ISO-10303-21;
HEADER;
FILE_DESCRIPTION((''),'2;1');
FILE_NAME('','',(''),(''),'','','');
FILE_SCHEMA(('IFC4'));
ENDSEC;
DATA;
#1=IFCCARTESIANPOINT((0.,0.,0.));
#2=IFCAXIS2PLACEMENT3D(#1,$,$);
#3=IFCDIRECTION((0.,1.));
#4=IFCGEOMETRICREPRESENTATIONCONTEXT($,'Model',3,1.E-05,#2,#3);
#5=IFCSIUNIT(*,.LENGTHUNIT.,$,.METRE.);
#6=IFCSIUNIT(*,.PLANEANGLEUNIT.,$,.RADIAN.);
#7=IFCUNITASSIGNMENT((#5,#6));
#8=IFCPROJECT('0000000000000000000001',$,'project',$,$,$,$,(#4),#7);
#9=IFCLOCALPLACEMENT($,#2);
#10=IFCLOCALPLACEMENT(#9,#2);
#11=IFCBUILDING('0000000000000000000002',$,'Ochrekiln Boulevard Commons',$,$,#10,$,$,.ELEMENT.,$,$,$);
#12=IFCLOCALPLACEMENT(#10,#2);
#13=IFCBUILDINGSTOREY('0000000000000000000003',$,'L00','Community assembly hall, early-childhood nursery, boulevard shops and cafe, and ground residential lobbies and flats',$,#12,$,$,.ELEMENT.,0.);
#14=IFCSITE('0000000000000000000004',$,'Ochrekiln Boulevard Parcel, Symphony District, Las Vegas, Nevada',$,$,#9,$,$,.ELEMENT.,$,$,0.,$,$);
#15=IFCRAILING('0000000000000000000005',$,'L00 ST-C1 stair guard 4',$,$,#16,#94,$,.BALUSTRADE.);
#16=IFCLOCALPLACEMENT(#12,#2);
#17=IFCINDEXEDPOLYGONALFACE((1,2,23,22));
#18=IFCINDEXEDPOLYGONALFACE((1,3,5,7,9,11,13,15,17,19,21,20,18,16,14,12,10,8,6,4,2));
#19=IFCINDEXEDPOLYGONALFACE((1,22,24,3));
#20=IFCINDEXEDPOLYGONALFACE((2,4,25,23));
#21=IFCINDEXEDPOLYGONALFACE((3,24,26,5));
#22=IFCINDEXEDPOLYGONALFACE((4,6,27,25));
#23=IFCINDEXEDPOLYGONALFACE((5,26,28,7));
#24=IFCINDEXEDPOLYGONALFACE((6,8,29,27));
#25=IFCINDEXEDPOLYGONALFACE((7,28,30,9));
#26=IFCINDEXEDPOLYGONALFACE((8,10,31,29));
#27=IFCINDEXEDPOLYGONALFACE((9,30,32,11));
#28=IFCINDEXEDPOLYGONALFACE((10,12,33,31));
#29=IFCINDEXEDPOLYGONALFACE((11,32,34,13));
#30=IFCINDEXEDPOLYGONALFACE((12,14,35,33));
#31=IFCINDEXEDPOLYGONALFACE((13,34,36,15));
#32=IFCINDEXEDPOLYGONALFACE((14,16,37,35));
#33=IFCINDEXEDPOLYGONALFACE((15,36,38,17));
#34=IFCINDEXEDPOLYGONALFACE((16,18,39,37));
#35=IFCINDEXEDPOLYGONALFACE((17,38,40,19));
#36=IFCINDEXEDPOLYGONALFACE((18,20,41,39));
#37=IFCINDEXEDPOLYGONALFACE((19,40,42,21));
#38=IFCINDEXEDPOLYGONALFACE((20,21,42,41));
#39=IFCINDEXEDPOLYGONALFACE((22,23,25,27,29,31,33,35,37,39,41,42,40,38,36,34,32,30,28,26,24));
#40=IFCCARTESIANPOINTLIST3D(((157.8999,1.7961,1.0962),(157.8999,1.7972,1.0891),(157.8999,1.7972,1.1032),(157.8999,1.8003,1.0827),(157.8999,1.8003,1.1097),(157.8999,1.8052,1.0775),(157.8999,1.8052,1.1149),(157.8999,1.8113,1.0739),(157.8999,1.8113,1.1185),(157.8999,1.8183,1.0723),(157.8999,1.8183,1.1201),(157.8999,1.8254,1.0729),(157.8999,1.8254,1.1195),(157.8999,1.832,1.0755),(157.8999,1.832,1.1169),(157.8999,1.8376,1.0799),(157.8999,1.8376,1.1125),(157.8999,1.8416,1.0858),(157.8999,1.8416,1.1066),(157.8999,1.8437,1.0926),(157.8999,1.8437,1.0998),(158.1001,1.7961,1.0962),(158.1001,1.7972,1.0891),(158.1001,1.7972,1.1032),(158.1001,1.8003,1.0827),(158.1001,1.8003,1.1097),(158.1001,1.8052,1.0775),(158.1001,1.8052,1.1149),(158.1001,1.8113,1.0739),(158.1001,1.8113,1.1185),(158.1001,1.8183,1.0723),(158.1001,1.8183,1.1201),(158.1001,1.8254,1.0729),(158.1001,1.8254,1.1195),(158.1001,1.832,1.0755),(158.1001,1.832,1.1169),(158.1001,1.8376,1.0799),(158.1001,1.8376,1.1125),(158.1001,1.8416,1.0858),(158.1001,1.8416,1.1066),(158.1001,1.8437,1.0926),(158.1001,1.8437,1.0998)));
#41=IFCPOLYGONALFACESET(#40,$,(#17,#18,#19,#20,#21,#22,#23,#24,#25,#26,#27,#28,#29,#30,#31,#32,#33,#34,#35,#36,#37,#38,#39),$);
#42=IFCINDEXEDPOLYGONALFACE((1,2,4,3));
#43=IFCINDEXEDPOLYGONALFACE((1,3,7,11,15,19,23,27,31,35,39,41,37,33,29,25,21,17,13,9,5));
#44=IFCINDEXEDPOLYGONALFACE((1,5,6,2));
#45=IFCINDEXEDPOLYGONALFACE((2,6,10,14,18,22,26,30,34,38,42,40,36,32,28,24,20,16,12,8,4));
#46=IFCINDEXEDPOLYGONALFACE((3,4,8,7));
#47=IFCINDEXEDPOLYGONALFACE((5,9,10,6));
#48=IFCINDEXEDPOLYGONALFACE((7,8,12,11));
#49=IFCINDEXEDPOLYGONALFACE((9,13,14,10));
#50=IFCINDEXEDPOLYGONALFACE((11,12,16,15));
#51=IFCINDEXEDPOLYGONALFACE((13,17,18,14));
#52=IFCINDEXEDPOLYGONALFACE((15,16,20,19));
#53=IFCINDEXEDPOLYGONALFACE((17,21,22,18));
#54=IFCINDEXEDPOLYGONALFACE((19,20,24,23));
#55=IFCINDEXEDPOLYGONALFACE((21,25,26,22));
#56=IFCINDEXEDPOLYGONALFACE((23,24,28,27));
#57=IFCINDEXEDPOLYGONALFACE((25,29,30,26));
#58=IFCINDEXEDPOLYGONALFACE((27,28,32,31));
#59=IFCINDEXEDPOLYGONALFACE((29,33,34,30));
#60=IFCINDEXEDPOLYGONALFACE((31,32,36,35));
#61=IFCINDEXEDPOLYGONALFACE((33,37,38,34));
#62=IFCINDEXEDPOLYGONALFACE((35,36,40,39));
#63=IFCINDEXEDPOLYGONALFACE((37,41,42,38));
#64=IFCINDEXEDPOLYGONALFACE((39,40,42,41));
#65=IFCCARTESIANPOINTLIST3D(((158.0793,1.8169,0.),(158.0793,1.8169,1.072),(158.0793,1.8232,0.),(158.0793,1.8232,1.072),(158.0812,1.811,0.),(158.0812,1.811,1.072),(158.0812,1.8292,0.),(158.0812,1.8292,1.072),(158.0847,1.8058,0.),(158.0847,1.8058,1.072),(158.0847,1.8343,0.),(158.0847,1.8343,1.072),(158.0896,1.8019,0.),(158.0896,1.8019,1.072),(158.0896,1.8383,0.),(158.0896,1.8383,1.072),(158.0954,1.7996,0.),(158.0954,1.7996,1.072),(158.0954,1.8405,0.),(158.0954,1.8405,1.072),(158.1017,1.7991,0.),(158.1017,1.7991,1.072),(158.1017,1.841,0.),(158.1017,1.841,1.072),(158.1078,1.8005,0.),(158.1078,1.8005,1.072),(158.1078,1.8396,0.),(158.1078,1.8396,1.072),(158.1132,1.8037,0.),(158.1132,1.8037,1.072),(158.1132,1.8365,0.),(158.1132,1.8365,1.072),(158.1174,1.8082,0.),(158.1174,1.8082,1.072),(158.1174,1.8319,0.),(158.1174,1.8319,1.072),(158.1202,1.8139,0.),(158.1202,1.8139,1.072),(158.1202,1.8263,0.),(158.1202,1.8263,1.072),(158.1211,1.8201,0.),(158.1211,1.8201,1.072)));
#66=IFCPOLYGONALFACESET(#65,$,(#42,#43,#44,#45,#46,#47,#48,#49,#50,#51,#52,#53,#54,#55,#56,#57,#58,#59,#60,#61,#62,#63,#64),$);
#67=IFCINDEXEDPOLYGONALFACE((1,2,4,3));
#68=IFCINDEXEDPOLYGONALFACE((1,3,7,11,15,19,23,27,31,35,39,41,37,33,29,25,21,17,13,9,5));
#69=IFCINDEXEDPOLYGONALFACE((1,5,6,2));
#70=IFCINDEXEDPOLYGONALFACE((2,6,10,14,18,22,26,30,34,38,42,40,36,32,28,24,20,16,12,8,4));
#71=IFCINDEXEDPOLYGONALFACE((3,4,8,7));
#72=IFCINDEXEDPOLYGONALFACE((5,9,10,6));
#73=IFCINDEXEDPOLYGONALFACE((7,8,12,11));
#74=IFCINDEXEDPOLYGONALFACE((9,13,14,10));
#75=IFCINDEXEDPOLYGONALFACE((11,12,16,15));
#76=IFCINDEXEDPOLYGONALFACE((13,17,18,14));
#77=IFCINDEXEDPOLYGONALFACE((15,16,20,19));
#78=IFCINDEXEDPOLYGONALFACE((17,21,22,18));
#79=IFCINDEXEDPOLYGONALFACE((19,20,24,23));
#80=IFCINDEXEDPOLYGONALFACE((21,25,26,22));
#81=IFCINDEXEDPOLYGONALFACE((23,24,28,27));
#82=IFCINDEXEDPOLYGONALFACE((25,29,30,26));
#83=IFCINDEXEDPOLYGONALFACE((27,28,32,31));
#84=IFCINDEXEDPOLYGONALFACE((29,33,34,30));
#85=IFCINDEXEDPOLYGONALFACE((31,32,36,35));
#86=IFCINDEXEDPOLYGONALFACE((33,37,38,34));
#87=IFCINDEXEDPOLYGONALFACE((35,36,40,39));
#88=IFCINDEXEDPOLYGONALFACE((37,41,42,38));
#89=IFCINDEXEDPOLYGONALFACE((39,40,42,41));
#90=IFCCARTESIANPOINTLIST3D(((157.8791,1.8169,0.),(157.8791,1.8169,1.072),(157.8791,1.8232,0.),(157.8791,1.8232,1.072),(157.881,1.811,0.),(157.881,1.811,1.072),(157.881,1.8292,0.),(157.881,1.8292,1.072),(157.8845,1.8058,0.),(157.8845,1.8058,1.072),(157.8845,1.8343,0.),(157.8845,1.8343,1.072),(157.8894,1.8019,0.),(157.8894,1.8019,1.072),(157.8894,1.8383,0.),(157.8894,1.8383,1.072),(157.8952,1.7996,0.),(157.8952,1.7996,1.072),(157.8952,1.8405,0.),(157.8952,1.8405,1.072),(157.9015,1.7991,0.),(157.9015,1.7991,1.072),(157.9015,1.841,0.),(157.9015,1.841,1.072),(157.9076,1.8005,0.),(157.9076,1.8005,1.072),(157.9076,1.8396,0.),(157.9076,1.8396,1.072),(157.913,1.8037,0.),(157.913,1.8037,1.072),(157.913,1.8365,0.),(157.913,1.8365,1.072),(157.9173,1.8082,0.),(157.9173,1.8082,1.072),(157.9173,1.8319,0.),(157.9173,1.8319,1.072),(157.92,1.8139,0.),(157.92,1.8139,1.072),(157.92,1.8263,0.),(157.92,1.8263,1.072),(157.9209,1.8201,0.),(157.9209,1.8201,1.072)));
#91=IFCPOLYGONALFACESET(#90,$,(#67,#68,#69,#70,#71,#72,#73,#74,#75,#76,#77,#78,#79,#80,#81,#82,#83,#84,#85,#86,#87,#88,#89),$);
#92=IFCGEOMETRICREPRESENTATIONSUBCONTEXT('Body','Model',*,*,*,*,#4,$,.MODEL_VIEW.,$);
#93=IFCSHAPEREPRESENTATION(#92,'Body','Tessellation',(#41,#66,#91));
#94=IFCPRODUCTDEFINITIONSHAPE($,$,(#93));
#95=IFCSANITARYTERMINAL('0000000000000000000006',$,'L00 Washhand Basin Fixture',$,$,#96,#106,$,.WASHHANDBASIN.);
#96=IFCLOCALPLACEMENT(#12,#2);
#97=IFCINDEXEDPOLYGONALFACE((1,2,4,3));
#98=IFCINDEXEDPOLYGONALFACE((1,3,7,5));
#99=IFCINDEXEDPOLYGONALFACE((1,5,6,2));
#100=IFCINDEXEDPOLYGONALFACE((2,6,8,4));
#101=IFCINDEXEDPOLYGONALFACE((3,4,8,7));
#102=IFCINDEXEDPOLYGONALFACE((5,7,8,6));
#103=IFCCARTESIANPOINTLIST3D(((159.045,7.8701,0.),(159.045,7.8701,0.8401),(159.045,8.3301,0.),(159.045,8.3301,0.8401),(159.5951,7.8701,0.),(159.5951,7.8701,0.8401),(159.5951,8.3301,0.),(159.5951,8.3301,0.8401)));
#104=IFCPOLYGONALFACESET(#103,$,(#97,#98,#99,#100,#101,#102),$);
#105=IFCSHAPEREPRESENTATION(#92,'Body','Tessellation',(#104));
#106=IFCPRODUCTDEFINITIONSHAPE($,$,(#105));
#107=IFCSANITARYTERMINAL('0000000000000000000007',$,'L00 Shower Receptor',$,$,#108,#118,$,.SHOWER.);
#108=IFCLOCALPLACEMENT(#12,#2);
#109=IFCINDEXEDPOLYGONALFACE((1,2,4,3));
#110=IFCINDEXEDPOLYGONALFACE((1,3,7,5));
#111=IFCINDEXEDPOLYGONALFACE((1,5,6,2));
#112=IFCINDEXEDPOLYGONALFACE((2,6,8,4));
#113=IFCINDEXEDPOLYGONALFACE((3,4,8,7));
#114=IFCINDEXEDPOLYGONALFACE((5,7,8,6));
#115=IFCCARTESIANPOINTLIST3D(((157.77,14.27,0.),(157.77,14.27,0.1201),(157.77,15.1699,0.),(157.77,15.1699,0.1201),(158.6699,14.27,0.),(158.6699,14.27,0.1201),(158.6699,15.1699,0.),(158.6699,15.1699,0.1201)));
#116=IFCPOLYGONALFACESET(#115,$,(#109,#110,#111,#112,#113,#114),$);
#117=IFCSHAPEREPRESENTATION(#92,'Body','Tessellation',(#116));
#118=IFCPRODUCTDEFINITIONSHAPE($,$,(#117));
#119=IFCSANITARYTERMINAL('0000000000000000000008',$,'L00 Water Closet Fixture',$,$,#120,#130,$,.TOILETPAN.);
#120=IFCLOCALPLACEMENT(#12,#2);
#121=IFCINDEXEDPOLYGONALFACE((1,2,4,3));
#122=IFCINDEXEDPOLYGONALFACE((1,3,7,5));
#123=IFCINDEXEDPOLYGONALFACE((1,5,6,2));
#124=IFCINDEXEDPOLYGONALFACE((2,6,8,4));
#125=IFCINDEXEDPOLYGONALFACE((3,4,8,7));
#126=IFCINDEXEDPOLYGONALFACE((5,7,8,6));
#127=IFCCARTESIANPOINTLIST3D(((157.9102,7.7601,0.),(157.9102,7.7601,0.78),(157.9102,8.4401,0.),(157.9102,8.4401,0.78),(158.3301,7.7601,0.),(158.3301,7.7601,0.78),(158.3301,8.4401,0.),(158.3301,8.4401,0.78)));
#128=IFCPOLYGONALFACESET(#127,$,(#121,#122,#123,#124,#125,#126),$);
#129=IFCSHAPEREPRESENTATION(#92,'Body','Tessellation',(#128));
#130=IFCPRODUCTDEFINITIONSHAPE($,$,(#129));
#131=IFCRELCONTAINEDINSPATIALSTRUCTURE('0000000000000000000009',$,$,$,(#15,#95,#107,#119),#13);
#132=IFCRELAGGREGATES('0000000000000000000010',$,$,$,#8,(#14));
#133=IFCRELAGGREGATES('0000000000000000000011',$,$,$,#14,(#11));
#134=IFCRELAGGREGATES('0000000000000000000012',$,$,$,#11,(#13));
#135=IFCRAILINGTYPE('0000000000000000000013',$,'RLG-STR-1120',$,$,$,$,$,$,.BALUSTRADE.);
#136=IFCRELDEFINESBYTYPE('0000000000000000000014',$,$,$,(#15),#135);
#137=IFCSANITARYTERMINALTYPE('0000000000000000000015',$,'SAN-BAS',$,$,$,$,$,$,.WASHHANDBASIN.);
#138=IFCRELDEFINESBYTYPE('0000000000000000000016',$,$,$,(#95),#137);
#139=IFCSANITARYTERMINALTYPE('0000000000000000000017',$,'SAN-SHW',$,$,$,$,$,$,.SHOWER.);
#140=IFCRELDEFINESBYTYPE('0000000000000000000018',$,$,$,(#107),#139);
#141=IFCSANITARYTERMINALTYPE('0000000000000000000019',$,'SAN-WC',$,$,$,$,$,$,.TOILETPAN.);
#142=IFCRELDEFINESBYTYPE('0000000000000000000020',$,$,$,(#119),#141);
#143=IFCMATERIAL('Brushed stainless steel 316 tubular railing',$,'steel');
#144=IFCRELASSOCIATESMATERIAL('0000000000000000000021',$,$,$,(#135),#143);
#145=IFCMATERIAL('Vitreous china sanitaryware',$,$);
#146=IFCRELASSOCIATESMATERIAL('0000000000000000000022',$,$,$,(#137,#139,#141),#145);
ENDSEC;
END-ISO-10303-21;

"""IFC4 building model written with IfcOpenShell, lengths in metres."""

from ifc_helpers import new_model, si_unit, direction, frame, origin, origin_2d, place, context, subcontext, project, spatial, rectangle, circle, extrude, material, type_object, element, save


model = new_model("IFC4")

# Units and contexts
model_context = context("Model", 3, precision=1e-05, world=origin(), true_north=direction((0.0, 1.0)))
body_context = subcontext(model_context, "Body", "Model", "MODEL_VIEW")
ifc_project = project(units=[si_unit("LENGTHUNIT", "METRE"), si_unit("PLANEANGLEUNIT", "RADIAN")], contexts=[model_context])

# Site, building, storey
site_placement = place(None, origin())
site = spatial("IfcSite", under=ifc_project, at=site_placement, Name="Ochrekiln Boulevard Parcel, Symphony District, Las Vegas, Nevada", CompositionType="ELEMENT", RefElevation=0.0)
building_placement = place(site_placement, origin())
building = spatial("IfcBuilding", under=site, at=building_placement, Name="Ochrekiln Boulevard Commons", CompositionType="ELEMENT")
storey_placement = place(building_placement, origin())
storey = spatial("IfcBuildingStorey", under=building, at=storey_placement, Name="L00", Description="Community assembly hall, early-childhood nursery, boulevard shops and cafe, and ground residential lobbies and flats", CompositionType="ELEMENT", Elevation=0.0)

# Railing
ifc_material_1 = material(Name="Brushed stainless steel 316 tubular railing", Category="steel")
railing_type_1 = type_object("IfcRailingType", Name="RLG-STR-1120", PredefinedType="BALUSTRADE", material=ifc_material_1)
railing_1_placement = place(storey_placement, frame((158.1001, 1.8201, 0.0)))
element("IfcRailing", 1, at=railing_1_placement, inside=storey, type_object=railing_type_1, Name="L00 ST-C1 stair guard 4", PredefinedType="BALUSTRADE", context=body_context, shape_type="SweptSolid", body=[
    extrude(circle(Radius=0.0239, at=origin_2d()), frame((0.0, 0.0, 1.0962), z_axis=(-1.0, 0.0, 0.0), x_axis=(0.0, -1.0, 0.0)), (0.0, 0.0, 1.0), 0.2002),
    extrude(circle(Radius=0.021, at=origin_2d()), origin(), (0.0, 0.0, 1.0), 1.072),
    extrude(circle(Radius=0.021, at=origin_2d()), frame((-0.2002, 0.0, 0.0)), (0.0, 0.0, 1.0), 1.072),
])

# Sanitary terminals
ifc_material_2 = material(Name="Vitreous china sanitaryware")
sanitary_terminal_type_1 = type_object("IfcSanitaryTerminalType", Name="SAN-BAS", PredefinedType="WASHHANDBASIN", material=ifc_material_2)
sanitary_terminal_1_placement = place(storey_placement, frame((159.3201, 8.1001, 0.0), z_axis=(0.0, 0.0, 1.0), x_axis=(1.0, 0.0, 0.0)))
element("IfcSanitaryTerminal", 2, at=sanitary_terminal_1_placement, inside=storey, type_object=sanitary_terminal_type_1, Name="L00 Washhand Basin Fixture", PredefinedType="WASHHANDBASIN", context=body_context, shape_type="SweptSolid", body=[
    extrude(rectangle(XDim=0.55, YDim=0.46, at=origin_2d()), origin(), (0.0, 0.0, 1.0), 0.8401),
])
sanitary_terminal_type_2 = type_object("IfcSanitaryTerminalType", Name="SAN-SHW", PredefinedType="SHOWER", material=ifc_material_2)
sanitary_terminal_2_placement = place(storey_placement, frame((158.22, 14.72, 0.0), z_axis=(0.0, 0.0, 1.0), x_axis=(1.0, 0.0, 0.0)))
element("IfcSanitaryTerminal", 3, at=sanitary_terminal_2_placement, inside=storey, type_object=sanitary_terminal_type_2, Name="L00 Shower Receptor", PredefinedType="SHOWER", context=body_context, shape_type="SweptSolid", body=[
    extrude(rectangle(XDim=0.8999, YDim=0.8999, at=origin_2d()), origin(), (0.0, 0.0, 1.0), 0.1201),
])
sanitary_terminal_type_3 = type_object("IfcSanitaryTerminalType", Name="SAN-WC", PredefinedType="TOILETPAN", material=ifc_material_2)
sanitary_terminal_3_placement = place(storey_placement, frame((158.1201, 8.1001, 0.0), z_axis=(0.0, 0.0, 1.0), x_axis=(1.0, 0.0, 0.0)))
element("IfcSanitaryTerminal", 4, at=sanitary_terminal_3_placement, inside=storey, type_object=sanitary_terminal_type_3, Name="L00 Water Closet Fixture", PredefinedType="TOILETPAN", context=body_context, shape_type="SweptSolid", body=[
    extrude(rectangle(XDim=0.4199, YDim=0.6799, at=origin_2d()), origin(), (0.0, 0.0, 1.0), 0.78),
])

save(model, "model.ifc")
